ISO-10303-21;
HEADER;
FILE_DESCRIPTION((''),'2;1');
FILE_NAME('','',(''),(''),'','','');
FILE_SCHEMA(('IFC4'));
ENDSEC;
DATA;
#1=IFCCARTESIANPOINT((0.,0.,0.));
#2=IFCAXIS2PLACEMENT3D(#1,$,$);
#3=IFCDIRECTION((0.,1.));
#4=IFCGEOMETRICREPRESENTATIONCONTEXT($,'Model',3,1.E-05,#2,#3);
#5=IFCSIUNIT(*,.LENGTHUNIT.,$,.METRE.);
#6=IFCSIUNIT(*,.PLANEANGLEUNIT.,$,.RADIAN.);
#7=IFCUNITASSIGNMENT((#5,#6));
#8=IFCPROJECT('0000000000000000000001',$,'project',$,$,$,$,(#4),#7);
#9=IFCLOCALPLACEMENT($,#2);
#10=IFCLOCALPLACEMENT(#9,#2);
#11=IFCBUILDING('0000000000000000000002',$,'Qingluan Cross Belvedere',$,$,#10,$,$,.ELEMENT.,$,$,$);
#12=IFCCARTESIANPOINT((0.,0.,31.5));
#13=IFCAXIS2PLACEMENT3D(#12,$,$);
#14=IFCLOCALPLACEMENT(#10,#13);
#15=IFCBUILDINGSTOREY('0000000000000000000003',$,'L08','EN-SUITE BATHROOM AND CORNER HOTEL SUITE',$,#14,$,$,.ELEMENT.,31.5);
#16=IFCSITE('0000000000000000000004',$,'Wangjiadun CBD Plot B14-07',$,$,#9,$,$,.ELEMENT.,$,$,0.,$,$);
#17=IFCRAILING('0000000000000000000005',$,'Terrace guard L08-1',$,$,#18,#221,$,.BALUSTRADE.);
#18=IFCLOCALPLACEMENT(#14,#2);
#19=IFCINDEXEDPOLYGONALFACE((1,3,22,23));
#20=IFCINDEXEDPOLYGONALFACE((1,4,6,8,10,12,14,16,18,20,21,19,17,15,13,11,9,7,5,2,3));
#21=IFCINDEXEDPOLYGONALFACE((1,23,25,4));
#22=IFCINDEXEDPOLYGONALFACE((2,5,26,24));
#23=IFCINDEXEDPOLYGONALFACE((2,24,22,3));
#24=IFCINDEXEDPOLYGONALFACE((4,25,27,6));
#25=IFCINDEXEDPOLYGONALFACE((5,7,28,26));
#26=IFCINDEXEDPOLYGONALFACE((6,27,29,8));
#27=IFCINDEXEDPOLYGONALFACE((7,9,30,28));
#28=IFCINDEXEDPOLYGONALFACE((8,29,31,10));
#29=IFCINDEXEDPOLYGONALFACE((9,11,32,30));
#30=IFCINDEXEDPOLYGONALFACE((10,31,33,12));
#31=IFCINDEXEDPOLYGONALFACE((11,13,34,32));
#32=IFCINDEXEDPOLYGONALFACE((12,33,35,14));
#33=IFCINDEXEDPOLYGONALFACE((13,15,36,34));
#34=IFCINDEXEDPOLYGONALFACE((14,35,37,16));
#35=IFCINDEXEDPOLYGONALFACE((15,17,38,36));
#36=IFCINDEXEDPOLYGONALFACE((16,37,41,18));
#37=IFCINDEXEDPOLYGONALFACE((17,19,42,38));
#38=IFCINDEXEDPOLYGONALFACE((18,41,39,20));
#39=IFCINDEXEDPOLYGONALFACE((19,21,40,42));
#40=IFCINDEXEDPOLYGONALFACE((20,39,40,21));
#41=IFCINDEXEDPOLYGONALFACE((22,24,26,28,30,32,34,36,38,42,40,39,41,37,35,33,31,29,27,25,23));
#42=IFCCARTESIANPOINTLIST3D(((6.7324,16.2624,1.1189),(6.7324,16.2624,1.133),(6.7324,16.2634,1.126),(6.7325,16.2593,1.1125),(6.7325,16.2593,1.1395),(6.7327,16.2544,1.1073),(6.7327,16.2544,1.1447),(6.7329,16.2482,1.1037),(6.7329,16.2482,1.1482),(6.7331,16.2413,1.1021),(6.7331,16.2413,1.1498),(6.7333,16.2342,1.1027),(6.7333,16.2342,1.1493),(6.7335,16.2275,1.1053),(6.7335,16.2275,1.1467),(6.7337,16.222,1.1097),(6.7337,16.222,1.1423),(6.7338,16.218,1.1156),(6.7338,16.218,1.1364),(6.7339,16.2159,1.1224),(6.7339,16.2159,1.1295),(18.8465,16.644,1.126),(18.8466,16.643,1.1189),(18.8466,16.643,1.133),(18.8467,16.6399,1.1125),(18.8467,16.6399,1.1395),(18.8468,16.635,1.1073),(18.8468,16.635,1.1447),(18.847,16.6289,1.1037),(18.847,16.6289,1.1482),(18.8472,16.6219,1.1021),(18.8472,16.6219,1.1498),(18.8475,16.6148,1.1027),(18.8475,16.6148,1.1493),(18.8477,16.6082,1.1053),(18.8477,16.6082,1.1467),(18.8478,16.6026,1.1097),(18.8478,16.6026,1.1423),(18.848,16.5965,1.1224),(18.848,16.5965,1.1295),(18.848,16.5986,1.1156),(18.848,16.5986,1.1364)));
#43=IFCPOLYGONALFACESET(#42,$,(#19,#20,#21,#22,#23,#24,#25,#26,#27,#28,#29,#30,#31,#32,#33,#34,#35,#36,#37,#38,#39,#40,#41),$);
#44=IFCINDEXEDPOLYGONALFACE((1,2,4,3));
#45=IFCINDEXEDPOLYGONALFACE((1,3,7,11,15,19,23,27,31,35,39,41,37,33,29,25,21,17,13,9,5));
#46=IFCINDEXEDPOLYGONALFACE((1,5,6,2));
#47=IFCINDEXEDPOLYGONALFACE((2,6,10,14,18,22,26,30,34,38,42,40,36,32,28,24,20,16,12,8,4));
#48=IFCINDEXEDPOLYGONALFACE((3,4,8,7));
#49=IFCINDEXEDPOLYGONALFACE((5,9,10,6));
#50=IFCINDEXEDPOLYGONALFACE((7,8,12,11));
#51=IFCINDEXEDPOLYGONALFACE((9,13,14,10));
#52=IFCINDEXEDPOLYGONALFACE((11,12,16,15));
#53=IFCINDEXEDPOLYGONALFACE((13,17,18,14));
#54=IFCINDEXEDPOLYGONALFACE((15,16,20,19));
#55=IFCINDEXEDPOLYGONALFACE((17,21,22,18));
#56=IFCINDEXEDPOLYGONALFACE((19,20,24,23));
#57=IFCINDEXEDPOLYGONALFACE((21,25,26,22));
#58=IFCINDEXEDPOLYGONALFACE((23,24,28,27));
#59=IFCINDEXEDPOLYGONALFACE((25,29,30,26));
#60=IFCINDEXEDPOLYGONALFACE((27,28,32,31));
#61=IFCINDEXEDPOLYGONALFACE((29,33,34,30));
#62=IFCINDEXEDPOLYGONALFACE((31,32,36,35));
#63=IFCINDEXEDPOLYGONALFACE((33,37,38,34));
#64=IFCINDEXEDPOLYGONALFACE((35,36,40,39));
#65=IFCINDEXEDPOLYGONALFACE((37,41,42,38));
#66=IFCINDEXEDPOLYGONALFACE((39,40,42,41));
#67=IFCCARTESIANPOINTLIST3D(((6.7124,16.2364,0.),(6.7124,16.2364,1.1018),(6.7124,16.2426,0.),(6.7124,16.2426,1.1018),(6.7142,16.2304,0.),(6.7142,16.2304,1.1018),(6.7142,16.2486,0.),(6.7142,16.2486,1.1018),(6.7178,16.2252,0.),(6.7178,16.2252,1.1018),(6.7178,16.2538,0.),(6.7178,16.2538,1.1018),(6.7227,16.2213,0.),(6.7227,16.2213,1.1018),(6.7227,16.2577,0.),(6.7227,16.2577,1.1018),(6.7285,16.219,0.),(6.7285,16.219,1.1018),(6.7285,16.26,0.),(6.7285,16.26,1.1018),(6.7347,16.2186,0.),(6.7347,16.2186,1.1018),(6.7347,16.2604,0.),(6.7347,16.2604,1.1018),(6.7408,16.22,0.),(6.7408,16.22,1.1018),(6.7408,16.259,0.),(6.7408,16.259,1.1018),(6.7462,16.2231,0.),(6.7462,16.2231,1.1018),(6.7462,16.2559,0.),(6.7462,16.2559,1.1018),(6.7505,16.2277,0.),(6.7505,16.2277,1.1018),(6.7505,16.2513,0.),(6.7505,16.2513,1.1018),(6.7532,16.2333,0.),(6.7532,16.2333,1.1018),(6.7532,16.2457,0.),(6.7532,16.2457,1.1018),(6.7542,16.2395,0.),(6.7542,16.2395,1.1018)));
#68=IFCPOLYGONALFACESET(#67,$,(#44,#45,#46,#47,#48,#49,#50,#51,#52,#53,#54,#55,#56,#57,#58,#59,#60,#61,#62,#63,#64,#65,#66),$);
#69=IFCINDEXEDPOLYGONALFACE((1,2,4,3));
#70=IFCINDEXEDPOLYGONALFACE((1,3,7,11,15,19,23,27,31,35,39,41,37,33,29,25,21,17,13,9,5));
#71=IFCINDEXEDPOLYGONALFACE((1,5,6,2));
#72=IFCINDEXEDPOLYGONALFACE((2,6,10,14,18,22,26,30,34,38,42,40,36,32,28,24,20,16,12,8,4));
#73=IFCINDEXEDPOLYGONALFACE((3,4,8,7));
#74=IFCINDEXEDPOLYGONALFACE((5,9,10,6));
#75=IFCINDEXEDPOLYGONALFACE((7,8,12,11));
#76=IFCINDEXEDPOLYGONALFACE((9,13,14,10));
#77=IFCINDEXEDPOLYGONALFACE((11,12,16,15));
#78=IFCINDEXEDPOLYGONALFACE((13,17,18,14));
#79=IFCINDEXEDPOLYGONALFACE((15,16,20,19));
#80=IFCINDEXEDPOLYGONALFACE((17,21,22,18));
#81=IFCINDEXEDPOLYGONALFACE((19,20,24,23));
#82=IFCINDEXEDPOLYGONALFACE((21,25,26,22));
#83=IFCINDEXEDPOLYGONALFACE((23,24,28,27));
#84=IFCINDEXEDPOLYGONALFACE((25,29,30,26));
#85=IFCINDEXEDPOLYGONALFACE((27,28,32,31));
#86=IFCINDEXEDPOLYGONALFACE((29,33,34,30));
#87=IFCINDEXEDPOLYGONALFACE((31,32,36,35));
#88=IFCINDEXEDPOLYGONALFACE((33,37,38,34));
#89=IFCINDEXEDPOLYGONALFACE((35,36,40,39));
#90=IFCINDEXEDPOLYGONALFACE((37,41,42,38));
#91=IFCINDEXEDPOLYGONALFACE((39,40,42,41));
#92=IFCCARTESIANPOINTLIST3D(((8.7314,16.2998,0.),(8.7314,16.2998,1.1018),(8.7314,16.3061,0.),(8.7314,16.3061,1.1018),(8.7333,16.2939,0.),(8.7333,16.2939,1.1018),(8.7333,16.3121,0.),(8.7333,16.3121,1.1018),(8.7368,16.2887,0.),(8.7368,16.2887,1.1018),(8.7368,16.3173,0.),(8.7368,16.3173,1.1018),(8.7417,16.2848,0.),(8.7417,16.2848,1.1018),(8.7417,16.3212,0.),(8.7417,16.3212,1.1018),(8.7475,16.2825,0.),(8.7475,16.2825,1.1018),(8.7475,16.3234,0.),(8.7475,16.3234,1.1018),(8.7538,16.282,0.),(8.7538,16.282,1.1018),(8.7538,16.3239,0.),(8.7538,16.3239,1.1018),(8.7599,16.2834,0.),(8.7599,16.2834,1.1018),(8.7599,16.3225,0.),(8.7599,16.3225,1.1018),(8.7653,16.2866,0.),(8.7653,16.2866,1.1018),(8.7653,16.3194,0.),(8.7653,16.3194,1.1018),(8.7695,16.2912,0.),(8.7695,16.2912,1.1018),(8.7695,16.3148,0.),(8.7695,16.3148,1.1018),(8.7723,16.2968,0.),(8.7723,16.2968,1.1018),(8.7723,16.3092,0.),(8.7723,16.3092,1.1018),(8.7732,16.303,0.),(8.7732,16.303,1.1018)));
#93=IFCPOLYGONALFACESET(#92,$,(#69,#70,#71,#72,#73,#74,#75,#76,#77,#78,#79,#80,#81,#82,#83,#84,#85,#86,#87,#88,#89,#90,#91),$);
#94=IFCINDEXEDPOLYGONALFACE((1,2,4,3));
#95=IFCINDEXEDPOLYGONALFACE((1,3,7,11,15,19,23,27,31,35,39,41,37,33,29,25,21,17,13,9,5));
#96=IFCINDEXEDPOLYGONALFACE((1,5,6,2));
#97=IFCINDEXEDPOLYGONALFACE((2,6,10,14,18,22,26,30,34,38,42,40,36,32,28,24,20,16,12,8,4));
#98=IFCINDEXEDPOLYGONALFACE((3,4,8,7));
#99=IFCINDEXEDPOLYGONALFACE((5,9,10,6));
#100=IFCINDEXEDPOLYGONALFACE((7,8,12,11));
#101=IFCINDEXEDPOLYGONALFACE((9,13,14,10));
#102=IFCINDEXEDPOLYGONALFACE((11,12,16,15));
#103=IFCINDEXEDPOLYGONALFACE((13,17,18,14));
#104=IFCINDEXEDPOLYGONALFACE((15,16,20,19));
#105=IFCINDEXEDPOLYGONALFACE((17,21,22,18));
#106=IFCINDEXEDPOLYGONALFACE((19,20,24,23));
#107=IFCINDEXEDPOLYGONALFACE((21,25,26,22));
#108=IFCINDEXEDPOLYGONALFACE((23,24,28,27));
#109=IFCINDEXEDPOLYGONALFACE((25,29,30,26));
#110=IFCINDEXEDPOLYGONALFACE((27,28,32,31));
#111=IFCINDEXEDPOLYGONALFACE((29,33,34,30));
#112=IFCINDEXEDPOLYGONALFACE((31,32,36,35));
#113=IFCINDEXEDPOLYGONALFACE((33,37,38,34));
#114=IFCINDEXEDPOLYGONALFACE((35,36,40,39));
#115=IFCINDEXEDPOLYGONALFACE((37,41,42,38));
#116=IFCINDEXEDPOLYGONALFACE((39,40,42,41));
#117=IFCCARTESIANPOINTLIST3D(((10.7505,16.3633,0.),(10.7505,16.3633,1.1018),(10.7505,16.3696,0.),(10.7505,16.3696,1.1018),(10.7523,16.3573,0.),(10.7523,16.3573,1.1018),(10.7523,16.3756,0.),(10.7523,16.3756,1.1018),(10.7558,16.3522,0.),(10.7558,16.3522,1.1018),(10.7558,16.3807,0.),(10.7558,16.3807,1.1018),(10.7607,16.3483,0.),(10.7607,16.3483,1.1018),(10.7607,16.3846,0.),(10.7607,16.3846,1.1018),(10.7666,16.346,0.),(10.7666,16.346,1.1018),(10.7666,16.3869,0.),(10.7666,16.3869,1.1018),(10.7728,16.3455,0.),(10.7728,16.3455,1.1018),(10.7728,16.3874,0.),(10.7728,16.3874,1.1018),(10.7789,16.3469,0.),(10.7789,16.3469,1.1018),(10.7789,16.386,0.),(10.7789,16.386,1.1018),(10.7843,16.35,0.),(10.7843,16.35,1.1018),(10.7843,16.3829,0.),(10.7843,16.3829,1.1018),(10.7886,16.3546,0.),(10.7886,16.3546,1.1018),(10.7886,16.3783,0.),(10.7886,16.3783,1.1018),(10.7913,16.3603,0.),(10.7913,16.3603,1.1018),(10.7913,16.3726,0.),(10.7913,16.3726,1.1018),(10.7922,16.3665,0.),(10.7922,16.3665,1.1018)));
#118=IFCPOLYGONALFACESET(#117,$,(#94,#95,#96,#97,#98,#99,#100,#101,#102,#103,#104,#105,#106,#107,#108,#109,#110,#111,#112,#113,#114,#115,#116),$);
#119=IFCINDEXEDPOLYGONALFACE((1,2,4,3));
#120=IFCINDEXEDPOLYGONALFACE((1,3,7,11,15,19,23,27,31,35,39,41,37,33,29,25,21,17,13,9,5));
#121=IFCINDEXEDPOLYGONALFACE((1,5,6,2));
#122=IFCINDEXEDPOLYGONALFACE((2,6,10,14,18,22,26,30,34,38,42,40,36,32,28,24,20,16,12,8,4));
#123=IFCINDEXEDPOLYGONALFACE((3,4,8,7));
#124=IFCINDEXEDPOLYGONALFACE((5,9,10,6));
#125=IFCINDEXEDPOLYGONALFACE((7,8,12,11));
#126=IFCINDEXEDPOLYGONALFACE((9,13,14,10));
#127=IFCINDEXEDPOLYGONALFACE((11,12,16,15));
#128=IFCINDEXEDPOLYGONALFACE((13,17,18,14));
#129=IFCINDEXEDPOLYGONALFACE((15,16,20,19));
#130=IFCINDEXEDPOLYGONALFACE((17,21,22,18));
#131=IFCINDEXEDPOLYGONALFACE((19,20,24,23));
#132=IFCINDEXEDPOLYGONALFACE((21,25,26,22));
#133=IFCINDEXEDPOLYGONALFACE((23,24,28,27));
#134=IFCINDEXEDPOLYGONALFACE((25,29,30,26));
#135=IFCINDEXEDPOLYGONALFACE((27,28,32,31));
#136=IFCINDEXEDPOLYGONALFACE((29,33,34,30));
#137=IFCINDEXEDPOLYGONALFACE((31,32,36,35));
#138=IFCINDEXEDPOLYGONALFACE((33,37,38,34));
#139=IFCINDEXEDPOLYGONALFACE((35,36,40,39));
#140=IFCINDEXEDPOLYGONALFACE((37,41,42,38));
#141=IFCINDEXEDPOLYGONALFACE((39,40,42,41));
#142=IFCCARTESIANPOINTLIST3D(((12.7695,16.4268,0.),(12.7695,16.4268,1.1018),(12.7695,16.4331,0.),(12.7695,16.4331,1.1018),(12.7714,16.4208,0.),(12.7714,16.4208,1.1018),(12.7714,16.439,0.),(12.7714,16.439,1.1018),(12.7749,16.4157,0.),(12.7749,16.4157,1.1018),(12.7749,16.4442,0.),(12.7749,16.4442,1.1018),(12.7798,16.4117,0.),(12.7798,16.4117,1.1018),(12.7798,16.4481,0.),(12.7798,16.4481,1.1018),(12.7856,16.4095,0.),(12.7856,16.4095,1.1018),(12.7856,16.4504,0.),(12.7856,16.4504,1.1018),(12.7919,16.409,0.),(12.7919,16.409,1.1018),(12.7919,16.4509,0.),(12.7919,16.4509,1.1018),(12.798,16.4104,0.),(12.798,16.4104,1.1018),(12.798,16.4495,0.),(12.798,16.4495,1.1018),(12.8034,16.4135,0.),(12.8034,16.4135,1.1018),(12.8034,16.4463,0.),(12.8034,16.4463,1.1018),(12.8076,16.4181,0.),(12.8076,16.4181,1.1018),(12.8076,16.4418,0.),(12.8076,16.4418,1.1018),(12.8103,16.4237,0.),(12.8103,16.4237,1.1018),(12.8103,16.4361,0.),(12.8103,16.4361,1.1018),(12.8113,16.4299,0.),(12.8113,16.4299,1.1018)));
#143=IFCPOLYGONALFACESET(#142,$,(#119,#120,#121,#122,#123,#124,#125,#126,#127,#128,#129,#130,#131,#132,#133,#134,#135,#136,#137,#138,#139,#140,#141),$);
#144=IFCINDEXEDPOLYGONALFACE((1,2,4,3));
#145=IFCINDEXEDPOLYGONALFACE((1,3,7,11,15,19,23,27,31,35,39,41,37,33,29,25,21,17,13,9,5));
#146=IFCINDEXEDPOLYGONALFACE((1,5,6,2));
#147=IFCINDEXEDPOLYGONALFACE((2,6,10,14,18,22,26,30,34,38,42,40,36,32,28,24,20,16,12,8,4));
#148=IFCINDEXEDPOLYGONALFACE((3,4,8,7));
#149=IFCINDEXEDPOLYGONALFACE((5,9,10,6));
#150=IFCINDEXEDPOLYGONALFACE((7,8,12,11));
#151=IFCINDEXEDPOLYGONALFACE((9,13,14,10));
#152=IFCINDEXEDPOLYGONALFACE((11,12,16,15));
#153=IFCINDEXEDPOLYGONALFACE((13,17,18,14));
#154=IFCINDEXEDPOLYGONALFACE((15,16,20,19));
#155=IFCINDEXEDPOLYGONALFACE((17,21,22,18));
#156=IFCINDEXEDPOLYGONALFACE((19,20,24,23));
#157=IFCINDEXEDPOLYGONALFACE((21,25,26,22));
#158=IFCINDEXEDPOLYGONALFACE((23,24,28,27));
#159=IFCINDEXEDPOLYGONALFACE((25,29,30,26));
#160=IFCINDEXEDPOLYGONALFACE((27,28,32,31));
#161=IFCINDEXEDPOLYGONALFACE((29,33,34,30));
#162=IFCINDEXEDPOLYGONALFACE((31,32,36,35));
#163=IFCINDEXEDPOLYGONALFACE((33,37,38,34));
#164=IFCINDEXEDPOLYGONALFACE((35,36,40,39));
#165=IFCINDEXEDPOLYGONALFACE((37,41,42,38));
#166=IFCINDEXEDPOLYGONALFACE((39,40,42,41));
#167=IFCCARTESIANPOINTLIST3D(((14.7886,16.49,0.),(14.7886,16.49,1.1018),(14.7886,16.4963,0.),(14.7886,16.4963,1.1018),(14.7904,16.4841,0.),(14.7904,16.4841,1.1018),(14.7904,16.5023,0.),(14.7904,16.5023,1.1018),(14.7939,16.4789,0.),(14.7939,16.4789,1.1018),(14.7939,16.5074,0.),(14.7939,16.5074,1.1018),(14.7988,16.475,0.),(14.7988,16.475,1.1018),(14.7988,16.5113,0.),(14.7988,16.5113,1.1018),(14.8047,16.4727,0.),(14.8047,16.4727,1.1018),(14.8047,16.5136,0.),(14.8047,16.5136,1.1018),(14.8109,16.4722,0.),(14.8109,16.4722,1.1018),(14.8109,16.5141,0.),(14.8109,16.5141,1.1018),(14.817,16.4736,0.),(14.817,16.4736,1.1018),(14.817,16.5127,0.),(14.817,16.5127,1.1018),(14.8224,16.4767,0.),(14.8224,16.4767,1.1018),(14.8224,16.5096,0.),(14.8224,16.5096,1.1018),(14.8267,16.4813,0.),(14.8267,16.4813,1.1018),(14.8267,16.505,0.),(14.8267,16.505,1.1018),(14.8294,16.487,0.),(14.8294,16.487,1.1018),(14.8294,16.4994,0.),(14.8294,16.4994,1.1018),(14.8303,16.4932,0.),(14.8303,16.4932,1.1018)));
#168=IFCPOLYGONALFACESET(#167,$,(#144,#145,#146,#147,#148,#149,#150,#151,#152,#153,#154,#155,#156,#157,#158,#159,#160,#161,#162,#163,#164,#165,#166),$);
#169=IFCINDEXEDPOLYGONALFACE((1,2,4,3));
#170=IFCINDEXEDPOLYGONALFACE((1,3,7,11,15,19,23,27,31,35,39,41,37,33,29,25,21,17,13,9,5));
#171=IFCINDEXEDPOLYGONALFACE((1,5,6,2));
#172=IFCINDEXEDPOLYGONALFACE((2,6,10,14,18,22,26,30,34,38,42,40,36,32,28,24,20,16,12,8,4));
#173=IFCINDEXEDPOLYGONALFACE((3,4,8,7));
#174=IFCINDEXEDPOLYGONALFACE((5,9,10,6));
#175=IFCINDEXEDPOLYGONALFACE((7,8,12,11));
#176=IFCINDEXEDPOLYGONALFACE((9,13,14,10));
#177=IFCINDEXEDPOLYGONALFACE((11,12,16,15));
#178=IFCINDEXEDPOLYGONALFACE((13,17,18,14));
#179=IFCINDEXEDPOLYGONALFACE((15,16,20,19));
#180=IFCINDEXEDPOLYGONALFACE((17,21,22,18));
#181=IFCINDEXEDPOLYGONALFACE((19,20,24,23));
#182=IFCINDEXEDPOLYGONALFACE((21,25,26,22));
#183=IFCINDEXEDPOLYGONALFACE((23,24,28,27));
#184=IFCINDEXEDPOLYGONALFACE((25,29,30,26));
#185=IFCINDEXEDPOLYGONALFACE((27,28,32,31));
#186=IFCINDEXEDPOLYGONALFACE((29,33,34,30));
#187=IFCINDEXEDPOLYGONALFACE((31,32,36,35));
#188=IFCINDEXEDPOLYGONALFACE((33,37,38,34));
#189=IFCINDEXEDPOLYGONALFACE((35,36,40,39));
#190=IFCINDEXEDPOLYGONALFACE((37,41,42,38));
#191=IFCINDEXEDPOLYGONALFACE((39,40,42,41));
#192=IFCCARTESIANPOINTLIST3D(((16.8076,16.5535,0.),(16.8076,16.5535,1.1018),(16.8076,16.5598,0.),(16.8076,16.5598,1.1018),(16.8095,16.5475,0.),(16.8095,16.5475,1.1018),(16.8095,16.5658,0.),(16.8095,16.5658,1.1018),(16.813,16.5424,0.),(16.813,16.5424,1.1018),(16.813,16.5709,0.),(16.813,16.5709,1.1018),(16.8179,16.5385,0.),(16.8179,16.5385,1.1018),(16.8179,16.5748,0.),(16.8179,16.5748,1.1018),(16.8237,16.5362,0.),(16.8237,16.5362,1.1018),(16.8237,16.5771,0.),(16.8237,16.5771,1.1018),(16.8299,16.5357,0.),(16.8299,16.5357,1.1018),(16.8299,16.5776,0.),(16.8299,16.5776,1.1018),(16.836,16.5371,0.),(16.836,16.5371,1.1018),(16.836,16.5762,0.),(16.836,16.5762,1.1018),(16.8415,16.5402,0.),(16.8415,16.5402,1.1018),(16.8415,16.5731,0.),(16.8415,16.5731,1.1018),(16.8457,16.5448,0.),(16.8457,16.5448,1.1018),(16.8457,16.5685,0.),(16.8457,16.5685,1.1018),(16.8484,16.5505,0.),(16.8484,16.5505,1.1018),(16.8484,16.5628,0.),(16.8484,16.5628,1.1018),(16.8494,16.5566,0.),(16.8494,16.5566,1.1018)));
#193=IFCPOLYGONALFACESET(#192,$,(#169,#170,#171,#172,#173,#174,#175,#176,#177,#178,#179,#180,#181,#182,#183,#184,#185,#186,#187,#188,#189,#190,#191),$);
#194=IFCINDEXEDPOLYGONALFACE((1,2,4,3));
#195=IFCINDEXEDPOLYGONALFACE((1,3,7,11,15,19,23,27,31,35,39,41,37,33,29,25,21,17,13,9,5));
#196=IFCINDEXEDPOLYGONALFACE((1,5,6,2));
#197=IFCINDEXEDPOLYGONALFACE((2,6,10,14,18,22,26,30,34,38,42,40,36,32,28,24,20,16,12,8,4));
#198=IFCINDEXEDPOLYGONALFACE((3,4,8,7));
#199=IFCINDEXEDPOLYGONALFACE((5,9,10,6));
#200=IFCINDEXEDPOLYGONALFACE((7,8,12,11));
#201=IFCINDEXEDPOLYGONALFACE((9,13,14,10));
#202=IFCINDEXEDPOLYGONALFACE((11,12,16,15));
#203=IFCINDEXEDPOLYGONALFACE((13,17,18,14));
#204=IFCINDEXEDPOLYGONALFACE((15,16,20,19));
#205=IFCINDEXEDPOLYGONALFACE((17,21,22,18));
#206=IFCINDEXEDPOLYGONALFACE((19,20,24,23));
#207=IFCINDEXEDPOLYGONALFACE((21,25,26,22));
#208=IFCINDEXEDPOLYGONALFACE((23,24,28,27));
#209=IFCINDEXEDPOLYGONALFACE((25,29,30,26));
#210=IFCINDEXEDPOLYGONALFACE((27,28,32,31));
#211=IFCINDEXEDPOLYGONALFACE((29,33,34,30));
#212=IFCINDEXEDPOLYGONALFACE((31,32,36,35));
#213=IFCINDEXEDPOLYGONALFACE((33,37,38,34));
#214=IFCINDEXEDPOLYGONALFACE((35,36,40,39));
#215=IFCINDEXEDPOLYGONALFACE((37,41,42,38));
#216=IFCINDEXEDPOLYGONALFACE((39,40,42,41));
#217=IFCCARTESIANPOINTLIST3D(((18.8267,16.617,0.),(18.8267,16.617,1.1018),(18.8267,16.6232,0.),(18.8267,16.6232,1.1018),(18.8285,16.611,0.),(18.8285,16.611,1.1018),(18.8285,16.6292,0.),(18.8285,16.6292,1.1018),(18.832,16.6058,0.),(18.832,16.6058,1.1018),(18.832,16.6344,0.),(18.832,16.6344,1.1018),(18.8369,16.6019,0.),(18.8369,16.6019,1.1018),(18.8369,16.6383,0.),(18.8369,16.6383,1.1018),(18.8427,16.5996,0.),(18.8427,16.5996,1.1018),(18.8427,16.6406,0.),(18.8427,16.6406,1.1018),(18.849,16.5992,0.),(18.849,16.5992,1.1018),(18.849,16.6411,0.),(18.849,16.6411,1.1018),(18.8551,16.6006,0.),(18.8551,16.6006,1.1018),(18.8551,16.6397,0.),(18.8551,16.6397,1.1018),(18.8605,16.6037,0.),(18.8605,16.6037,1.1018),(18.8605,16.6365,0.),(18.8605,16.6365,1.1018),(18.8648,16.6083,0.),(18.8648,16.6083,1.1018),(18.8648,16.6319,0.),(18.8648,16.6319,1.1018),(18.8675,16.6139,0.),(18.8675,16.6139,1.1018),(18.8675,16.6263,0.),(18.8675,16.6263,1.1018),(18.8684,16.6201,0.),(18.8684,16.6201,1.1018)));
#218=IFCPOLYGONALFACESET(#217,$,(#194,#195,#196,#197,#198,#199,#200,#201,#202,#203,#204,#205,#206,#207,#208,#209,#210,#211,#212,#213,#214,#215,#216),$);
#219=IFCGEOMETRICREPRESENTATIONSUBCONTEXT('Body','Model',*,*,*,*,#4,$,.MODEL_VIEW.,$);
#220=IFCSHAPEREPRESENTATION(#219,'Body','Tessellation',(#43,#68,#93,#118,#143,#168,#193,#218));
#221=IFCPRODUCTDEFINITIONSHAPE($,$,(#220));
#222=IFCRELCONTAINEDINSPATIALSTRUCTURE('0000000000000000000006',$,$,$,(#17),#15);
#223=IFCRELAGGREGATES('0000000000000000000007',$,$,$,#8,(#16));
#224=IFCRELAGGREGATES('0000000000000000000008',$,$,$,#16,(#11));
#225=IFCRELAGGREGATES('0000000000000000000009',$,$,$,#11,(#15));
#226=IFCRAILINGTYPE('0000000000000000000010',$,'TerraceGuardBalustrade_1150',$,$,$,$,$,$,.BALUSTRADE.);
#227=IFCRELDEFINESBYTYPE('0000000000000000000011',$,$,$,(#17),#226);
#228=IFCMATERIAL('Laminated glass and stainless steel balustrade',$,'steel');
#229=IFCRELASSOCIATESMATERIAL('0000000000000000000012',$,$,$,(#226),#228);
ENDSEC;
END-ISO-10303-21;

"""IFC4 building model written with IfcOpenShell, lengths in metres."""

from ifc_helpers import new_model, si_unit, direction, frame, origin, origin_2d, place, context, subcontext, project, spatial, circle, extrude, material, type_object, element, save


model = new_model("IFC4")

# Units and contexts
model_context = context("Model", 3, precision=1e-05, world=origin(), true_north=direction((0.0, 1.0)))
body_context = subcontext(model_context, "Body", "Model", "MODEL_VIEW")
ifc_project = project(units=[si_unit("LENGTHUNIT", "METRE"), si_unit("PLANEANGLEUNIT", "RADIAN")], contexts=[model_context])

# Site, building, storey
site_placement = place(None, origin())
site = spatial("IfcSite", under=ifc_project, at=site_placement, Name="Wangjiadun CBD Plot B14-07", CompositionType="ELEMENT", RefElevation=0.0)
building_placement = place(site_placement, origin())
building = spatial("IfcBuilding", under=site, at=building_placement, Name="Qingluan Cross Belvedere", CompositionType="ELEMENT")
storey_placement = place(building_placement, frame((0.0, 0.0, 31.5)))
storey = spatial("IfcBuildingStorey", under=building, at=storey_placement, Name="L08", Description="EN-SUITE BATHROOM AND CORNER HOTEL SUITE", CompositionType="ELEMENT", Elevation=31.5)

# Railing
ifc_material_1 = material(Name="Laminated glass and stainless steel balustrade", Category="steel")
railing_type = type_object("IfcRailingType", Name="TerraceGuardBalustrade_1150", PredefinedType="BALUSTRADE", material=ifc_material_1)
railing_placement = place(storey_placement, frame((6.7332, 16.2395, 0.0)))
element("IfcRailing", 1, at=railing_placement, inside=storey, type_object=railing_type, Name="Terrace guard L08-1", PredefinedType="BALUSTRADE", context=body_context, shape_type="SweptSolid", body=[
    extrude(circle(Radius=0.0239, at=origin_2d()), frame((0.0, 0.0, 1.126), z_axis=(0.999507, 0.031403, 0.0), x_axis=(-0.031403, 0.999507, 0.0)), (0.0, 0.0, 1.0), 12.1201),
    extrude(circle(Radius=0.021, at=origin_2d()), origin(), (0.0, 0.0, 1.0), 1.1018),
    extrude(circle(Radius=0.021, at=origin_2d()), frame((2.019, 0.0635, 0.0)), (0.0, 0.0, 1.0), 1.1018),
    extrude(circle(Radius=0.021, at=origin_2d()), frame((4.0381, 0.127, 0.0)), (0.0, 0.0, 1.0), 1.1018),
    extrude(circle(Radius=0.021, at=origin_2d()), frame((6.0571, 0.1904, 0.0)), (0.0, 0.0, 1.0), 1.1018),
    extrude(circle(Radius=0.021, at=origin_2d()), frame((8.0762, 0.2537, 0.0)), (0.0, 0.0, 1.0), 1.1018),
    extrude(circle(Radius=0.021, at=origin_2d()), frame((10.0952, 0.3171, 0.0)), (0.0, 0.0, 1.0), 1.1018),
    extrude(circle(Radius=0.021, at=origin_2d()), frame((12.1143, 0.3806, 0.0)), (0.0, 0.0, 1.0), 1.1018),
])

save(model, "model.ifc")
